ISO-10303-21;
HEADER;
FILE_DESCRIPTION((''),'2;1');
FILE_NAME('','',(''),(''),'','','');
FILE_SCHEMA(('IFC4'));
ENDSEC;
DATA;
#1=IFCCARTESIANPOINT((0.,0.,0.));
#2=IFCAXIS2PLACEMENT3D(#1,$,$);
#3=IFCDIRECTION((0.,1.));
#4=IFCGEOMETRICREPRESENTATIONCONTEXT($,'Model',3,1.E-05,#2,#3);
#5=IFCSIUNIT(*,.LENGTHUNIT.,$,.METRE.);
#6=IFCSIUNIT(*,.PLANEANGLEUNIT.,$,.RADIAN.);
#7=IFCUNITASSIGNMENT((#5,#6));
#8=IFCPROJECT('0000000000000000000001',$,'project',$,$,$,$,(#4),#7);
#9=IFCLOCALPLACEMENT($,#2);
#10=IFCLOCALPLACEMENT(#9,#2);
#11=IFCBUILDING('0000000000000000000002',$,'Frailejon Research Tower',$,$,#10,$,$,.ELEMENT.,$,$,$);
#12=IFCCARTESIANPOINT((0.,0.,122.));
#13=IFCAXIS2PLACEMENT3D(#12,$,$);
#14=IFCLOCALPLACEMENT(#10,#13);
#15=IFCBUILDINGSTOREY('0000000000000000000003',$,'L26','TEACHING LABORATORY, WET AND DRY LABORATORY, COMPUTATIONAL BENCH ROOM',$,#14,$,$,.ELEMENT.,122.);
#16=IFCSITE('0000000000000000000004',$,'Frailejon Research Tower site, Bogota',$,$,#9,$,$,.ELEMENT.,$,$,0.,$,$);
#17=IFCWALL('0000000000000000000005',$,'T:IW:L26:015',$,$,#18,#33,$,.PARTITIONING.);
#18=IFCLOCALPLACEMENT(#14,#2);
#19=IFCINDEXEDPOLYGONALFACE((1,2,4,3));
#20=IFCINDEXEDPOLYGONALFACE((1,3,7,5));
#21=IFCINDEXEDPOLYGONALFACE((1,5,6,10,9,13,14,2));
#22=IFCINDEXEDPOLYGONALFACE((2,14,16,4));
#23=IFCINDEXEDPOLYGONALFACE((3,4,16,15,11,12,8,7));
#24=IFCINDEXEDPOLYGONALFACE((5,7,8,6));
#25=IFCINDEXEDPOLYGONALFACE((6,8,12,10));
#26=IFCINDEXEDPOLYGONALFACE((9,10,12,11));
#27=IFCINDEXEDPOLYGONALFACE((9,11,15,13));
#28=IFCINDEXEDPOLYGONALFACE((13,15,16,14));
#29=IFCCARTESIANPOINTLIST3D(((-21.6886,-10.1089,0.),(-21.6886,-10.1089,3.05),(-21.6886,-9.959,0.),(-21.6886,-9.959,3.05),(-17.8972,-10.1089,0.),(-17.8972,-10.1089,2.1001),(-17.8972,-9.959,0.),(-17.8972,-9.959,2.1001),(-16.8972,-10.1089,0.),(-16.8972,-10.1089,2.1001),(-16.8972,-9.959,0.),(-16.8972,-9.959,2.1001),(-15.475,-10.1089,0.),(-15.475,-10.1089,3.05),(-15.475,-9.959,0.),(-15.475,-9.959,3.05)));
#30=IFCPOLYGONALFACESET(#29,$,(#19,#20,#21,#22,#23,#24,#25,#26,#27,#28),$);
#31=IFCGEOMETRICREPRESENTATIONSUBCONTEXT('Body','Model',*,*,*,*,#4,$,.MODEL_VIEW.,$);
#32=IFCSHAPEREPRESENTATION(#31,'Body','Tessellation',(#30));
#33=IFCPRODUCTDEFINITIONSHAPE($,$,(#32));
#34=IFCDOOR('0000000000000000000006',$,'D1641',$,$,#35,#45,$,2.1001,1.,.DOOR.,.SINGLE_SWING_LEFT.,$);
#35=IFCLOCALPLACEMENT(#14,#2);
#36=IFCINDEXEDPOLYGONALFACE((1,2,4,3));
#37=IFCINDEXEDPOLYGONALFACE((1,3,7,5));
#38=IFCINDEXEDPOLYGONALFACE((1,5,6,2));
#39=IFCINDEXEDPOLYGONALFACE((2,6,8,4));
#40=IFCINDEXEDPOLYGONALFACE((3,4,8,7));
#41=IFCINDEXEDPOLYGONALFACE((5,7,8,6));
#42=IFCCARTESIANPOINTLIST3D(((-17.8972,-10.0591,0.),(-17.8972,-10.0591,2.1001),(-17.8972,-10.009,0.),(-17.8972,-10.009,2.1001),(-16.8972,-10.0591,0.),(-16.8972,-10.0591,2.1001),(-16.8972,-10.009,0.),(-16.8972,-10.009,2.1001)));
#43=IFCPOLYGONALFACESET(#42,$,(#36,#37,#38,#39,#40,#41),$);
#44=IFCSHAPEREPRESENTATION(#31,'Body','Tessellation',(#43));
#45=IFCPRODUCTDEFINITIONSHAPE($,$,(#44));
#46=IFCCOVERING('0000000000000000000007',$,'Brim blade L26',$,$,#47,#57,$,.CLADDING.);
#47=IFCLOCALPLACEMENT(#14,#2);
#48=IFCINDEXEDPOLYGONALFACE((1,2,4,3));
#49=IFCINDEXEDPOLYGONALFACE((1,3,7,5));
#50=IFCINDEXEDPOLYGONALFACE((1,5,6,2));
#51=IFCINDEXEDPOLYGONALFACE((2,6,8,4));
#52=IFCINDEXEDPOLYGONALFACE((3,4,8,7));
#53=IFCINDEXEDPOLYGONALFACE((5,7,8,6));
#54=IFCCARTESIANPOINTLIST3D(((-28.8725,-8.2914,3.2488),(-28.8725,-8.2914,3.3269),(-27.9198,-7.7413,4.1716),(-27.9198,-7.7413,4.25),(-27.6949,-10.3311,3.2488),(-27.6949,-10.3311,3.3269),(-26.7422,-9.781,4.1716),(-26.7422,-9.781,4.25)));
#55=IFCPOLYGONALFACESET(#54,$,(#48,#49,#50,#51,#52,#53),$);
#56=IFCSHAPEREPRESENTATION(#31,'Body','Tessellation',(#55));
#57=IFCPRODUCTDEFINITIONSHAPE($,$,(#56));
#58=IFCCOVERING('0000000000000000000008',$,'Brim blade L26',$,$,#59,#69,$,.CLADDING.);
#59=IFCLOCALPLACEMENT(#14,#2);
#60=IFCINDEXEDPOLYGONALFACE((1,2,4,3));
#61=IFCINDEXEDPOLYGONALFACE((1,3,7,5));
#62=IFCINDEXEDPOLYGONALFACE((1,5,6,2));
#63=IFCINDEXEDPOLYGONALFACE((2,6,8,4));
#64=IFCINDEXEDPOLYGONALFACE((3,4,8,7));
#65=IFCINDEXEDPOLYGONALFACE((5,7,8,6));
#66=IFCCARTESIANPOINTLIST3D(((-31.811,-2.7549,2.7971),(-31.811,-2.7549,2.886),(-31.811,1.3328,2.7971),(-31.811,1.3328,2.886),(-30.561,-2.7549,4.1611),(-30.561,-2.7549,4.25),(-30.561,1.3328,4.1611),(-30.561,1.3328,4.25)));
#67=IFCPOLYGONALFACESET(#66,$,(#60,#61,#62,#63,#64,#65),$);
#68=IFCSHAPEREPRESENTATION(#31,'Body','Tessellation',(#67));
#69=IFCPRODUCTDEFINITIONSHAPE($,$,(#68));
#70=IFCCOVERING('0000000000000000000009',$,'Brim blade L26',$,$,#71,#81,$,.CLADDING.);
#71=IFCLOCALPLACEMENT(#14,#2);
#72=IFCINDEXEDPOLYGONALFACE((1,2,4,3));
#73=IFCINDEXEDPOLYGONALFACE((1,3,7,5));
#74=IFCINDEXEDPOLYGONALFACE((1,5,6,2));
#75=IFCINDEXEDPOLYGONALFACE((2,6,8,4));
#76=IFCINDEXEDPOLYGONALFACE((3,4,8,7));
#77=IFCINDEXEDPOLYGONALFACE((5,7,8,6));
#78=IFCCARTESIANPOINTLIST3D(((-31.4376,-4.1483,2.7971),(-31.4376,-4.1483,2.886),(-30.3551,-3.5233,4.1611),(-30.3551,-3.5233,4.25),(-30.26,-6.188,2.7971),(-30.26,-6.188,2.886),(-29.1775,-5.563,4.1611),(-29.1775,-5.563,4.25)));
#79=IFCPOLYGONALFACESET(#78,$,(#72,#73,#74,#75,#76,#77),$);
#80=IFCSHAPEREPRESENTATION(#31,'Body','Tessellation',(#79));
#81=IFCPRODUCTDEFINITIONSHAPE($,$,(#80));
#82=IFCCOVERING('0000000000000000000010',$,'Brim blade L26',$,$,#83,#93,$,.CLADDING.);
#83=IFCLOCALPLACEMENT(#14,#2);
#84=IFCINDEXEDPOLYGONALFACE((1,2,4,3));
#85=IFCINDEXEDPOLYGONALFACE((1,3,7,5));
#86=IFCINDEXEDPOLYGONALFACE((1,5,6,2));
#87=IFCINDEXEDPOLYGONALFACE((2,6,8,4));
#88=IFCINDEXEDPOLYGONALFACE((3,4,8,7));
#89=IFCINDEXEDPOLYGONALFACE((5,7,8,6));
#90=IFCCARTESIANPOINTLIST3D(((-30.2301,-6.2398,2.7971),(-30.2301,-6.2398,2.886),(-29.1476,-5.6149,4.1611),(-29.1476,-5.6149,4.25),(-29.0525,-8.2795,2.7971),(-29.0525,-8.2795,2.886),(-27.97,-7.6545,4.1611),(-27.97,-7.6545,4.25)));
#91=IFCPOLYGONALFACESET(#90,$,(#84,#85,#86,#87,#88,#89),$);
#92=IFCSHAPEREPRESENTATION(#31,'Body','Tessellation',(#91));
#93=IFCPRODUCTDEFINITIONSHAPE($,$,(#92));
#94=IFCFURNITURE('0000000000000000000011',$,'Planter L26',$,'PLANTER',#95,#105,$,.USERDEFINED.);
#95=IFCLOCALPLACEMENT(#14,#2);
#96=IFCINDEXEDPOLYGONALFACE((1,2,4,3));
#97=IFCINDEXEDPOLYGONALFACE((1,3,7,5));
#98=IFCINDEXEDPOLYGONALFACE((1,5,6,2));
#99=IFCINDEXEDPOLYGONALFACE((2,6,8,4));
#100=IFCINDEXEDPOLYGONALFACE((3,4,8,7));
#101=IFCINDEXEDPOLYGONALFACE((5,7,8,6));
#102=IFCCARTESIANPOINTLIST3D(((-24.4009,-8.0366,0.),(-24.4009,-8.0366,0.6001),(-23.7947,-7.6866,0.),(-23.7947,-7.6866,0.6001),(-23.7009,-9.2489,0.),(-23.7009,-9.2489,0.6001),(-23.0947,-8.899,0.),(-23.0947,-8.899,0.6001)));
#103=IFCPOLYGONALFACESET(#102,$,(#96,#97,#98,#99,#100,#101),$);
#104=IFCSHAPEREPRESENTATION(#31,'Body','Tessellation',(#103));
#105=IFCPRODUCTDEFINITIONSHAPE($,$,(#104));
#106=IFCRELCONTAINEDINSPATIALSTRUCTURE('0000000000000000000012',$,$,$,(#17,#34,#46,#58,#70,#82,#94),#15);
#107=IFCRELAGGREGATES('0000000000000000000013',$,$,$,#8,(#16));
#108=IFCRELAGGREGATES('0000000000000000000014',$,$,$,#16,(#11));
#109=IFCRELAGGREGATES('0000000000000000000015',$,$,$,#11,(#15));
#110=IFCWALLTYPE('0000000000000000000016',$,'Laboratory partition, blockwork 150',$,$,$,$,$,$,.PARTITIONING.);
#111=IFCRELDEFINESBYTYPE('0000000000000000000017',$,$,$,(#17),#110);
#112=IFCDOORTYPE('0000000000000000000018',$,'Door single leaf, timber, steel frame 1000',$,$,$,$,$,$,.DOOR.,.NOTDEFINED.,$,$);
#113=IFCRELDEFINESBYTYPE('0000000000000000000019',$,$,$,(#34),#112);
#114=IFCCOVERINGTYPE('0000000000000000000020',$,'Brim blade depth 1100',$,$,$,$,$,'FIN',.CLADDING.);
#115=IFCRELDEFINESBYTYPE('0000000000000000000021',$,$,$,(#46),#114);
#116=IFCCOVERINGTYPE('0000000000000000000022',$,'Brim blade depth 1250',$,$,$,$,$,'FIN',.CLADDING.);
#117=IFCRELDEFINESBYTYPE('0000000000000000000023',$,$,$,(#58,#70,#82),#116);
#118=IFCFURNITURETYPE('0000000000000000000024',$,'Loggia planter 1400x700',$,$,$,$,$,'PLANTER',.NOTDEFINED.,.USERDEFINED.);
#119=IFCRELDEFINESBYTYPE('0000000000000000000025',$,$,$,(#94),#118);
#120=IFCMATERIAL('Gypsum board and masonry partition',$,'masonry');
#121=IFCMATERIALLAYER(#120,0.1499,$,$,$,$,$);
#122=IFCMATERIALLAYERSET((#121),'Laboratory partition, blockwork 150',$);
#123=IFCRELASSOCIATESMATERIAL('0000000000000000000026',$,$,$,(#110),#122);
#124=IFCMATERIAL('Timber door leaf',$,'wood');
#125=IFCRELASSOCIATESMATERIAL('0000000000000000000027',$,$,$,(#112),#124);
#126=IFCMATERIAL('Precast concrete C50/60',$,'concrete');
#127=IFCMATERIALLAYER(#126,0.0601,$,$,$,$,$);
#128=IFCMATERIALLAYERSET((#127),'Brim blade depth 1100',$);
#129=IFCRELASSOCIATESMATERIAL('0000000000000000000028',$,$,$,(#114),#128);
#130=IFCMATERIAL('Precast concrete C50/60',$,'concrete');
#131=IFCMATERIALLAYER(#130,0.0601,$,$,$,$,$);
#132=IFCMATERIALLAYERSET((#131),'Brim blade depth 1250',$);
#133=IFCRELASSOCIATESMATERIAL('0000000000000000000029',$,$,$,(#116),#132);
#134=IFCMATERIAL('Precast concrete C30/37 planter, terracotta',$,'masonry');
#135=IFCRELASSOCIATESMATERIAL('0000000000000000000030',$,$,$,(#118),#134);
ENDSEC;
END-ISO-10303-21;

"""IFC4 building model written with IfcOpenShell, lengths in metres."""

from ifc_helpers import new_model, si_unit, direction, frame, frame_2d, origin, origin_2d, place, context, subcontext, project, spatial, polyline, rectangle, outline, extrude, material, layer, layer_set, type_object, element, fill, save


model = new_model("IFC4")

# Units and contexts
model_context = context("Model", 3, precision=1e-05, world=origin(), true_north=direction((0.0, 1.0)))
body_context = subcontext(model_context, "Body", "Model", "MODEL_VIEW")
ifc_project = project(units=[si_unit("LENGTHUNIT", "METRE"), si_unit("PLANEANGLEUNIT", "RADIAN")], contexts=[model_context])

# Site, building, storey
site_placement = place(None, origin())
site = spatial("IfcSite", under=ifc_project, at=site_placement, Name="Frailejon Research Tower site, Bogota", CompositionType="ELEMENT", RefElevation=0.0)
building_placement = place(site_placement, origin())
building = spatial("IfcBuilding", under=site, at=building_placement, Name="Frailejon Research Tower", CompositionType="ELEMENT")
storey_placement = place(building_placement, frame((0.0, 0.0, 122.0)))
storey = spatial("IfcBuildingStorey", under=building, at=storey_placement, Name="L26", Description="TEACHING LABORATORY, WET AND DRY LABORATORY, COMPUTATIONAL BENCH ROOM", CompositionType="ELEMENT", Elevation=122.0)

# Wall, opening, door
ifc_material_1 = material(Name="Gypsum board and masonry partition", Category="masonry")
ifc_layer_1 = layer(ifc_material_1, 0.1499)
ifc_layer_set_1 = layer_set([ifc_layer_1], Name="Laboratory partition, blockwork 150")
wall_type_1 = type_object("IfcWallType", Name="Laboratory partition, blockwork 150", PredefinedType="PARTITIONING", material=ifc_layer_set_1)
wall_1_placement = place(storey_placement, frame((-21.6887, -10.0339, 0.0), z_axis=(0.0, 0.0, 1.0), x_axis=(1.0, 0.0, 0.0)))
wall_1 = element("IfcWall", 1, at=wall_1_placement, inside=storey, type_object=wall_type_1, Name="T:IW:L26:015", PredefinedType="PARTITIONING", context=body_context, shape_type="SweptSolid", body=[
    extrude(rectangle(XDim=6.2136, YDim=0.1499, at=frame_2d((3.1069, 0.0))), origin(), (0.0, 0.0, 1.0), 3.05),
])
opening_1_placement = place(wall_1_placement, frame((3.7915, 0.0, 0.0)))
opening_1 = element("IfcOpeningElement", 2, at=opening_1_placement, cuts=wall_1, PredefinedType="OPENING", context=body_context, shape_type="SweptSolid", body=[
    extrude(rectangle(XDim=1.0, YDim=2.1001, at=frame_2d((0.5, 1.05))), frame((0.0, 0.085, 0.0), z_axis=(0.0, -1.0, 0.0), x_axis=(1.0, 0.0, 0.0)), (0.0, 0.0, 1.0), 0.1699),
])
ifc_material_2 = material(Name="Timber door leaf", Category="wood")
door_type_1 = type_object("IfcDoorType", Name="Door single leaf, timber, steel frame 1000", OperationType="NOTDEFINED", PredefinedType="DOOR", material=ifc_material_2)
door_1_placement = place(opening_1_placement, origin())
door_1 = element("IfcDoor", 3, at=door_1_placement, inside=storey, type_object=door_type_1, Name="D1641", OperationType="SINGLE_SWING_LEFT", OverallHeight=2.1001, OverallWidth=1.0, PredefinedType="DOOR", context=body_context, shape_type="SweptSolid", body=[
    extrude(rectangle(XDim=1.0, YDim=2.1001, at=frame_2d((0.5, 1.05))), frame((0.0, 0.0249, 0.0), z_axis=(0.0, -1.0, 0.0), x_axis=(1.0, 0.0, 0.0)), (0.0, 0.0, 1.0), 0.05),
])
fill(opening_1, door_1)

# Coverings
ifc_material_3 = material(Name="Precast concrete C50/60", Category="concrete")
ifc_layer_2 = layer(ifc_material_3, 0.0601)
ifc_layer_set_2 = layer_set([ifc_layer_2], Name="Brim blade depth 1100")
covering_type_1 = type_object("IfcCoveringType", Name="Brim blade depth 1100", ElementType="FIN", PredefinedType="CLADDING", material=ifc_layer_set_2)
covering_1_placement = place(storey_placement, frame((-26.7422, -9.781, 4.25), z_axis=(-0.499997, 0.866027, 0.0), x_axis=(-0.866027, -0.499997, 0.0)))
element("IfcCovering", 4, at=covering_1_placement, inside=storey, type_object=covering_type_1, Name="Brim blade L26", PredefinedType="CLADDING", context=body_context, shape_type="SweptSolid", body=[
    extrude(outline(polyline([(0.0, -0.0784), (1.1001, -1.0012), (1.1001, -0.9231), (0.0, 0.0), (0.0, -0.0784)])), origin(), (0.0, 0.0, 1.0), 2.3552),
])
ifc_material_4 = material(Name="Precast concrete C50/60", Category="concrete")
ifc_layer_3 = layer(ifc_material_4, 0.0601)
ifc_layer_set_3 = layer_set([ifc_layer_3], Name="Brim blade depth 1250")
covering_type_2 = type_object("IfcCoveringType", Name="Brim blade depth 1250", ElementType="FIN", PredefinedType="CLADDING", material=ifc_layer_set_3)
covering_2_placement = place(storey_placement, frame((-30.561, -2.7549, 4.25), z_axis=(0.0, 1.0, 0.0), x_axis=(-1.0, 0.0, 0.0)))
element("IfcCovering", 5, at=covering_2_placement, inside=storey, type_object=covering_type_2, Name="Brim blade L26", PredefinedType="CLADDING", context=body_context, shape_type="SweptSolid", body=[
    extrude(outline(polyline([(0.0, -0.0889), (1.25, -1.4529), (1.25, -1.364), (0.0, 0.0), (0.0, -0.0889)])), origin(), (0.0, 0.0, 1.0), 4.0876),
])
for number, where, z_axis, x_axis, name in (
    (6, (-29.1775, -5.563, 4.25), (-0.499997, 0.866027, 0.0), (-0.866027, -0.499997, 0.0), "Brim blade L26"),
    (7, (-27.97, -7.6545, 4.25), (-0.499997, 0.866027, 0.0), (-0.866027, -0.499997, 0.0), "Brim blade L26"),
):
    element("IfcCovering", number, at=place(storey_placement, frame(where, z_axis=z_axis, x_axis=x_axis)), inside=storey, type_object=covering_type_2, Name=name, PredefinedType="CLADDING", context=body_context, shape_type="SweptSolid", body=[
        extrude(outline(polyline([(0.0, -0.0889), (1.25, -1.4529), (1.25, -1.364), (0.0, 0.0), (0.0, -0.0889)])), origin(), (0.0, 0.0, 1.0), 2.3552),
    ])

# Furniture
ifc_material_5 = material(Name="Precast concrete C30/37 planter, terracotta", Category="masonry")
furniture_type = type_object("IfcFurnitureType", Name="Loggia planter 1400x700", ElementType="PLANTER", AssemblyPlace="NOTDEFINED", PredefinedType="USERDEFINED", material=ifc_material_5)
furniture_placement = place(storey_placement, frame((-23.7478, -8.4678, 0.0), z_axis=(0.0, 0.0, 1.0), x_axis=(0.5, -0.866025, 0.0)))
element("IfcFurniture", 8, at=furniture_placement, inside=storey, type_object=furniture_type, Name="Planter L26", ObjectType="PLANTER", PredefinedType="USERDEFINED", context=body_context, shape_type="SweptSolid", body=[
    extrude(rectangle(XDim=1.3999, YDim=0.7, at=origin_2d()), origin(), (0.0, 0.0, 1.0), 0.6001),
])

save(model, "model.ifc")
